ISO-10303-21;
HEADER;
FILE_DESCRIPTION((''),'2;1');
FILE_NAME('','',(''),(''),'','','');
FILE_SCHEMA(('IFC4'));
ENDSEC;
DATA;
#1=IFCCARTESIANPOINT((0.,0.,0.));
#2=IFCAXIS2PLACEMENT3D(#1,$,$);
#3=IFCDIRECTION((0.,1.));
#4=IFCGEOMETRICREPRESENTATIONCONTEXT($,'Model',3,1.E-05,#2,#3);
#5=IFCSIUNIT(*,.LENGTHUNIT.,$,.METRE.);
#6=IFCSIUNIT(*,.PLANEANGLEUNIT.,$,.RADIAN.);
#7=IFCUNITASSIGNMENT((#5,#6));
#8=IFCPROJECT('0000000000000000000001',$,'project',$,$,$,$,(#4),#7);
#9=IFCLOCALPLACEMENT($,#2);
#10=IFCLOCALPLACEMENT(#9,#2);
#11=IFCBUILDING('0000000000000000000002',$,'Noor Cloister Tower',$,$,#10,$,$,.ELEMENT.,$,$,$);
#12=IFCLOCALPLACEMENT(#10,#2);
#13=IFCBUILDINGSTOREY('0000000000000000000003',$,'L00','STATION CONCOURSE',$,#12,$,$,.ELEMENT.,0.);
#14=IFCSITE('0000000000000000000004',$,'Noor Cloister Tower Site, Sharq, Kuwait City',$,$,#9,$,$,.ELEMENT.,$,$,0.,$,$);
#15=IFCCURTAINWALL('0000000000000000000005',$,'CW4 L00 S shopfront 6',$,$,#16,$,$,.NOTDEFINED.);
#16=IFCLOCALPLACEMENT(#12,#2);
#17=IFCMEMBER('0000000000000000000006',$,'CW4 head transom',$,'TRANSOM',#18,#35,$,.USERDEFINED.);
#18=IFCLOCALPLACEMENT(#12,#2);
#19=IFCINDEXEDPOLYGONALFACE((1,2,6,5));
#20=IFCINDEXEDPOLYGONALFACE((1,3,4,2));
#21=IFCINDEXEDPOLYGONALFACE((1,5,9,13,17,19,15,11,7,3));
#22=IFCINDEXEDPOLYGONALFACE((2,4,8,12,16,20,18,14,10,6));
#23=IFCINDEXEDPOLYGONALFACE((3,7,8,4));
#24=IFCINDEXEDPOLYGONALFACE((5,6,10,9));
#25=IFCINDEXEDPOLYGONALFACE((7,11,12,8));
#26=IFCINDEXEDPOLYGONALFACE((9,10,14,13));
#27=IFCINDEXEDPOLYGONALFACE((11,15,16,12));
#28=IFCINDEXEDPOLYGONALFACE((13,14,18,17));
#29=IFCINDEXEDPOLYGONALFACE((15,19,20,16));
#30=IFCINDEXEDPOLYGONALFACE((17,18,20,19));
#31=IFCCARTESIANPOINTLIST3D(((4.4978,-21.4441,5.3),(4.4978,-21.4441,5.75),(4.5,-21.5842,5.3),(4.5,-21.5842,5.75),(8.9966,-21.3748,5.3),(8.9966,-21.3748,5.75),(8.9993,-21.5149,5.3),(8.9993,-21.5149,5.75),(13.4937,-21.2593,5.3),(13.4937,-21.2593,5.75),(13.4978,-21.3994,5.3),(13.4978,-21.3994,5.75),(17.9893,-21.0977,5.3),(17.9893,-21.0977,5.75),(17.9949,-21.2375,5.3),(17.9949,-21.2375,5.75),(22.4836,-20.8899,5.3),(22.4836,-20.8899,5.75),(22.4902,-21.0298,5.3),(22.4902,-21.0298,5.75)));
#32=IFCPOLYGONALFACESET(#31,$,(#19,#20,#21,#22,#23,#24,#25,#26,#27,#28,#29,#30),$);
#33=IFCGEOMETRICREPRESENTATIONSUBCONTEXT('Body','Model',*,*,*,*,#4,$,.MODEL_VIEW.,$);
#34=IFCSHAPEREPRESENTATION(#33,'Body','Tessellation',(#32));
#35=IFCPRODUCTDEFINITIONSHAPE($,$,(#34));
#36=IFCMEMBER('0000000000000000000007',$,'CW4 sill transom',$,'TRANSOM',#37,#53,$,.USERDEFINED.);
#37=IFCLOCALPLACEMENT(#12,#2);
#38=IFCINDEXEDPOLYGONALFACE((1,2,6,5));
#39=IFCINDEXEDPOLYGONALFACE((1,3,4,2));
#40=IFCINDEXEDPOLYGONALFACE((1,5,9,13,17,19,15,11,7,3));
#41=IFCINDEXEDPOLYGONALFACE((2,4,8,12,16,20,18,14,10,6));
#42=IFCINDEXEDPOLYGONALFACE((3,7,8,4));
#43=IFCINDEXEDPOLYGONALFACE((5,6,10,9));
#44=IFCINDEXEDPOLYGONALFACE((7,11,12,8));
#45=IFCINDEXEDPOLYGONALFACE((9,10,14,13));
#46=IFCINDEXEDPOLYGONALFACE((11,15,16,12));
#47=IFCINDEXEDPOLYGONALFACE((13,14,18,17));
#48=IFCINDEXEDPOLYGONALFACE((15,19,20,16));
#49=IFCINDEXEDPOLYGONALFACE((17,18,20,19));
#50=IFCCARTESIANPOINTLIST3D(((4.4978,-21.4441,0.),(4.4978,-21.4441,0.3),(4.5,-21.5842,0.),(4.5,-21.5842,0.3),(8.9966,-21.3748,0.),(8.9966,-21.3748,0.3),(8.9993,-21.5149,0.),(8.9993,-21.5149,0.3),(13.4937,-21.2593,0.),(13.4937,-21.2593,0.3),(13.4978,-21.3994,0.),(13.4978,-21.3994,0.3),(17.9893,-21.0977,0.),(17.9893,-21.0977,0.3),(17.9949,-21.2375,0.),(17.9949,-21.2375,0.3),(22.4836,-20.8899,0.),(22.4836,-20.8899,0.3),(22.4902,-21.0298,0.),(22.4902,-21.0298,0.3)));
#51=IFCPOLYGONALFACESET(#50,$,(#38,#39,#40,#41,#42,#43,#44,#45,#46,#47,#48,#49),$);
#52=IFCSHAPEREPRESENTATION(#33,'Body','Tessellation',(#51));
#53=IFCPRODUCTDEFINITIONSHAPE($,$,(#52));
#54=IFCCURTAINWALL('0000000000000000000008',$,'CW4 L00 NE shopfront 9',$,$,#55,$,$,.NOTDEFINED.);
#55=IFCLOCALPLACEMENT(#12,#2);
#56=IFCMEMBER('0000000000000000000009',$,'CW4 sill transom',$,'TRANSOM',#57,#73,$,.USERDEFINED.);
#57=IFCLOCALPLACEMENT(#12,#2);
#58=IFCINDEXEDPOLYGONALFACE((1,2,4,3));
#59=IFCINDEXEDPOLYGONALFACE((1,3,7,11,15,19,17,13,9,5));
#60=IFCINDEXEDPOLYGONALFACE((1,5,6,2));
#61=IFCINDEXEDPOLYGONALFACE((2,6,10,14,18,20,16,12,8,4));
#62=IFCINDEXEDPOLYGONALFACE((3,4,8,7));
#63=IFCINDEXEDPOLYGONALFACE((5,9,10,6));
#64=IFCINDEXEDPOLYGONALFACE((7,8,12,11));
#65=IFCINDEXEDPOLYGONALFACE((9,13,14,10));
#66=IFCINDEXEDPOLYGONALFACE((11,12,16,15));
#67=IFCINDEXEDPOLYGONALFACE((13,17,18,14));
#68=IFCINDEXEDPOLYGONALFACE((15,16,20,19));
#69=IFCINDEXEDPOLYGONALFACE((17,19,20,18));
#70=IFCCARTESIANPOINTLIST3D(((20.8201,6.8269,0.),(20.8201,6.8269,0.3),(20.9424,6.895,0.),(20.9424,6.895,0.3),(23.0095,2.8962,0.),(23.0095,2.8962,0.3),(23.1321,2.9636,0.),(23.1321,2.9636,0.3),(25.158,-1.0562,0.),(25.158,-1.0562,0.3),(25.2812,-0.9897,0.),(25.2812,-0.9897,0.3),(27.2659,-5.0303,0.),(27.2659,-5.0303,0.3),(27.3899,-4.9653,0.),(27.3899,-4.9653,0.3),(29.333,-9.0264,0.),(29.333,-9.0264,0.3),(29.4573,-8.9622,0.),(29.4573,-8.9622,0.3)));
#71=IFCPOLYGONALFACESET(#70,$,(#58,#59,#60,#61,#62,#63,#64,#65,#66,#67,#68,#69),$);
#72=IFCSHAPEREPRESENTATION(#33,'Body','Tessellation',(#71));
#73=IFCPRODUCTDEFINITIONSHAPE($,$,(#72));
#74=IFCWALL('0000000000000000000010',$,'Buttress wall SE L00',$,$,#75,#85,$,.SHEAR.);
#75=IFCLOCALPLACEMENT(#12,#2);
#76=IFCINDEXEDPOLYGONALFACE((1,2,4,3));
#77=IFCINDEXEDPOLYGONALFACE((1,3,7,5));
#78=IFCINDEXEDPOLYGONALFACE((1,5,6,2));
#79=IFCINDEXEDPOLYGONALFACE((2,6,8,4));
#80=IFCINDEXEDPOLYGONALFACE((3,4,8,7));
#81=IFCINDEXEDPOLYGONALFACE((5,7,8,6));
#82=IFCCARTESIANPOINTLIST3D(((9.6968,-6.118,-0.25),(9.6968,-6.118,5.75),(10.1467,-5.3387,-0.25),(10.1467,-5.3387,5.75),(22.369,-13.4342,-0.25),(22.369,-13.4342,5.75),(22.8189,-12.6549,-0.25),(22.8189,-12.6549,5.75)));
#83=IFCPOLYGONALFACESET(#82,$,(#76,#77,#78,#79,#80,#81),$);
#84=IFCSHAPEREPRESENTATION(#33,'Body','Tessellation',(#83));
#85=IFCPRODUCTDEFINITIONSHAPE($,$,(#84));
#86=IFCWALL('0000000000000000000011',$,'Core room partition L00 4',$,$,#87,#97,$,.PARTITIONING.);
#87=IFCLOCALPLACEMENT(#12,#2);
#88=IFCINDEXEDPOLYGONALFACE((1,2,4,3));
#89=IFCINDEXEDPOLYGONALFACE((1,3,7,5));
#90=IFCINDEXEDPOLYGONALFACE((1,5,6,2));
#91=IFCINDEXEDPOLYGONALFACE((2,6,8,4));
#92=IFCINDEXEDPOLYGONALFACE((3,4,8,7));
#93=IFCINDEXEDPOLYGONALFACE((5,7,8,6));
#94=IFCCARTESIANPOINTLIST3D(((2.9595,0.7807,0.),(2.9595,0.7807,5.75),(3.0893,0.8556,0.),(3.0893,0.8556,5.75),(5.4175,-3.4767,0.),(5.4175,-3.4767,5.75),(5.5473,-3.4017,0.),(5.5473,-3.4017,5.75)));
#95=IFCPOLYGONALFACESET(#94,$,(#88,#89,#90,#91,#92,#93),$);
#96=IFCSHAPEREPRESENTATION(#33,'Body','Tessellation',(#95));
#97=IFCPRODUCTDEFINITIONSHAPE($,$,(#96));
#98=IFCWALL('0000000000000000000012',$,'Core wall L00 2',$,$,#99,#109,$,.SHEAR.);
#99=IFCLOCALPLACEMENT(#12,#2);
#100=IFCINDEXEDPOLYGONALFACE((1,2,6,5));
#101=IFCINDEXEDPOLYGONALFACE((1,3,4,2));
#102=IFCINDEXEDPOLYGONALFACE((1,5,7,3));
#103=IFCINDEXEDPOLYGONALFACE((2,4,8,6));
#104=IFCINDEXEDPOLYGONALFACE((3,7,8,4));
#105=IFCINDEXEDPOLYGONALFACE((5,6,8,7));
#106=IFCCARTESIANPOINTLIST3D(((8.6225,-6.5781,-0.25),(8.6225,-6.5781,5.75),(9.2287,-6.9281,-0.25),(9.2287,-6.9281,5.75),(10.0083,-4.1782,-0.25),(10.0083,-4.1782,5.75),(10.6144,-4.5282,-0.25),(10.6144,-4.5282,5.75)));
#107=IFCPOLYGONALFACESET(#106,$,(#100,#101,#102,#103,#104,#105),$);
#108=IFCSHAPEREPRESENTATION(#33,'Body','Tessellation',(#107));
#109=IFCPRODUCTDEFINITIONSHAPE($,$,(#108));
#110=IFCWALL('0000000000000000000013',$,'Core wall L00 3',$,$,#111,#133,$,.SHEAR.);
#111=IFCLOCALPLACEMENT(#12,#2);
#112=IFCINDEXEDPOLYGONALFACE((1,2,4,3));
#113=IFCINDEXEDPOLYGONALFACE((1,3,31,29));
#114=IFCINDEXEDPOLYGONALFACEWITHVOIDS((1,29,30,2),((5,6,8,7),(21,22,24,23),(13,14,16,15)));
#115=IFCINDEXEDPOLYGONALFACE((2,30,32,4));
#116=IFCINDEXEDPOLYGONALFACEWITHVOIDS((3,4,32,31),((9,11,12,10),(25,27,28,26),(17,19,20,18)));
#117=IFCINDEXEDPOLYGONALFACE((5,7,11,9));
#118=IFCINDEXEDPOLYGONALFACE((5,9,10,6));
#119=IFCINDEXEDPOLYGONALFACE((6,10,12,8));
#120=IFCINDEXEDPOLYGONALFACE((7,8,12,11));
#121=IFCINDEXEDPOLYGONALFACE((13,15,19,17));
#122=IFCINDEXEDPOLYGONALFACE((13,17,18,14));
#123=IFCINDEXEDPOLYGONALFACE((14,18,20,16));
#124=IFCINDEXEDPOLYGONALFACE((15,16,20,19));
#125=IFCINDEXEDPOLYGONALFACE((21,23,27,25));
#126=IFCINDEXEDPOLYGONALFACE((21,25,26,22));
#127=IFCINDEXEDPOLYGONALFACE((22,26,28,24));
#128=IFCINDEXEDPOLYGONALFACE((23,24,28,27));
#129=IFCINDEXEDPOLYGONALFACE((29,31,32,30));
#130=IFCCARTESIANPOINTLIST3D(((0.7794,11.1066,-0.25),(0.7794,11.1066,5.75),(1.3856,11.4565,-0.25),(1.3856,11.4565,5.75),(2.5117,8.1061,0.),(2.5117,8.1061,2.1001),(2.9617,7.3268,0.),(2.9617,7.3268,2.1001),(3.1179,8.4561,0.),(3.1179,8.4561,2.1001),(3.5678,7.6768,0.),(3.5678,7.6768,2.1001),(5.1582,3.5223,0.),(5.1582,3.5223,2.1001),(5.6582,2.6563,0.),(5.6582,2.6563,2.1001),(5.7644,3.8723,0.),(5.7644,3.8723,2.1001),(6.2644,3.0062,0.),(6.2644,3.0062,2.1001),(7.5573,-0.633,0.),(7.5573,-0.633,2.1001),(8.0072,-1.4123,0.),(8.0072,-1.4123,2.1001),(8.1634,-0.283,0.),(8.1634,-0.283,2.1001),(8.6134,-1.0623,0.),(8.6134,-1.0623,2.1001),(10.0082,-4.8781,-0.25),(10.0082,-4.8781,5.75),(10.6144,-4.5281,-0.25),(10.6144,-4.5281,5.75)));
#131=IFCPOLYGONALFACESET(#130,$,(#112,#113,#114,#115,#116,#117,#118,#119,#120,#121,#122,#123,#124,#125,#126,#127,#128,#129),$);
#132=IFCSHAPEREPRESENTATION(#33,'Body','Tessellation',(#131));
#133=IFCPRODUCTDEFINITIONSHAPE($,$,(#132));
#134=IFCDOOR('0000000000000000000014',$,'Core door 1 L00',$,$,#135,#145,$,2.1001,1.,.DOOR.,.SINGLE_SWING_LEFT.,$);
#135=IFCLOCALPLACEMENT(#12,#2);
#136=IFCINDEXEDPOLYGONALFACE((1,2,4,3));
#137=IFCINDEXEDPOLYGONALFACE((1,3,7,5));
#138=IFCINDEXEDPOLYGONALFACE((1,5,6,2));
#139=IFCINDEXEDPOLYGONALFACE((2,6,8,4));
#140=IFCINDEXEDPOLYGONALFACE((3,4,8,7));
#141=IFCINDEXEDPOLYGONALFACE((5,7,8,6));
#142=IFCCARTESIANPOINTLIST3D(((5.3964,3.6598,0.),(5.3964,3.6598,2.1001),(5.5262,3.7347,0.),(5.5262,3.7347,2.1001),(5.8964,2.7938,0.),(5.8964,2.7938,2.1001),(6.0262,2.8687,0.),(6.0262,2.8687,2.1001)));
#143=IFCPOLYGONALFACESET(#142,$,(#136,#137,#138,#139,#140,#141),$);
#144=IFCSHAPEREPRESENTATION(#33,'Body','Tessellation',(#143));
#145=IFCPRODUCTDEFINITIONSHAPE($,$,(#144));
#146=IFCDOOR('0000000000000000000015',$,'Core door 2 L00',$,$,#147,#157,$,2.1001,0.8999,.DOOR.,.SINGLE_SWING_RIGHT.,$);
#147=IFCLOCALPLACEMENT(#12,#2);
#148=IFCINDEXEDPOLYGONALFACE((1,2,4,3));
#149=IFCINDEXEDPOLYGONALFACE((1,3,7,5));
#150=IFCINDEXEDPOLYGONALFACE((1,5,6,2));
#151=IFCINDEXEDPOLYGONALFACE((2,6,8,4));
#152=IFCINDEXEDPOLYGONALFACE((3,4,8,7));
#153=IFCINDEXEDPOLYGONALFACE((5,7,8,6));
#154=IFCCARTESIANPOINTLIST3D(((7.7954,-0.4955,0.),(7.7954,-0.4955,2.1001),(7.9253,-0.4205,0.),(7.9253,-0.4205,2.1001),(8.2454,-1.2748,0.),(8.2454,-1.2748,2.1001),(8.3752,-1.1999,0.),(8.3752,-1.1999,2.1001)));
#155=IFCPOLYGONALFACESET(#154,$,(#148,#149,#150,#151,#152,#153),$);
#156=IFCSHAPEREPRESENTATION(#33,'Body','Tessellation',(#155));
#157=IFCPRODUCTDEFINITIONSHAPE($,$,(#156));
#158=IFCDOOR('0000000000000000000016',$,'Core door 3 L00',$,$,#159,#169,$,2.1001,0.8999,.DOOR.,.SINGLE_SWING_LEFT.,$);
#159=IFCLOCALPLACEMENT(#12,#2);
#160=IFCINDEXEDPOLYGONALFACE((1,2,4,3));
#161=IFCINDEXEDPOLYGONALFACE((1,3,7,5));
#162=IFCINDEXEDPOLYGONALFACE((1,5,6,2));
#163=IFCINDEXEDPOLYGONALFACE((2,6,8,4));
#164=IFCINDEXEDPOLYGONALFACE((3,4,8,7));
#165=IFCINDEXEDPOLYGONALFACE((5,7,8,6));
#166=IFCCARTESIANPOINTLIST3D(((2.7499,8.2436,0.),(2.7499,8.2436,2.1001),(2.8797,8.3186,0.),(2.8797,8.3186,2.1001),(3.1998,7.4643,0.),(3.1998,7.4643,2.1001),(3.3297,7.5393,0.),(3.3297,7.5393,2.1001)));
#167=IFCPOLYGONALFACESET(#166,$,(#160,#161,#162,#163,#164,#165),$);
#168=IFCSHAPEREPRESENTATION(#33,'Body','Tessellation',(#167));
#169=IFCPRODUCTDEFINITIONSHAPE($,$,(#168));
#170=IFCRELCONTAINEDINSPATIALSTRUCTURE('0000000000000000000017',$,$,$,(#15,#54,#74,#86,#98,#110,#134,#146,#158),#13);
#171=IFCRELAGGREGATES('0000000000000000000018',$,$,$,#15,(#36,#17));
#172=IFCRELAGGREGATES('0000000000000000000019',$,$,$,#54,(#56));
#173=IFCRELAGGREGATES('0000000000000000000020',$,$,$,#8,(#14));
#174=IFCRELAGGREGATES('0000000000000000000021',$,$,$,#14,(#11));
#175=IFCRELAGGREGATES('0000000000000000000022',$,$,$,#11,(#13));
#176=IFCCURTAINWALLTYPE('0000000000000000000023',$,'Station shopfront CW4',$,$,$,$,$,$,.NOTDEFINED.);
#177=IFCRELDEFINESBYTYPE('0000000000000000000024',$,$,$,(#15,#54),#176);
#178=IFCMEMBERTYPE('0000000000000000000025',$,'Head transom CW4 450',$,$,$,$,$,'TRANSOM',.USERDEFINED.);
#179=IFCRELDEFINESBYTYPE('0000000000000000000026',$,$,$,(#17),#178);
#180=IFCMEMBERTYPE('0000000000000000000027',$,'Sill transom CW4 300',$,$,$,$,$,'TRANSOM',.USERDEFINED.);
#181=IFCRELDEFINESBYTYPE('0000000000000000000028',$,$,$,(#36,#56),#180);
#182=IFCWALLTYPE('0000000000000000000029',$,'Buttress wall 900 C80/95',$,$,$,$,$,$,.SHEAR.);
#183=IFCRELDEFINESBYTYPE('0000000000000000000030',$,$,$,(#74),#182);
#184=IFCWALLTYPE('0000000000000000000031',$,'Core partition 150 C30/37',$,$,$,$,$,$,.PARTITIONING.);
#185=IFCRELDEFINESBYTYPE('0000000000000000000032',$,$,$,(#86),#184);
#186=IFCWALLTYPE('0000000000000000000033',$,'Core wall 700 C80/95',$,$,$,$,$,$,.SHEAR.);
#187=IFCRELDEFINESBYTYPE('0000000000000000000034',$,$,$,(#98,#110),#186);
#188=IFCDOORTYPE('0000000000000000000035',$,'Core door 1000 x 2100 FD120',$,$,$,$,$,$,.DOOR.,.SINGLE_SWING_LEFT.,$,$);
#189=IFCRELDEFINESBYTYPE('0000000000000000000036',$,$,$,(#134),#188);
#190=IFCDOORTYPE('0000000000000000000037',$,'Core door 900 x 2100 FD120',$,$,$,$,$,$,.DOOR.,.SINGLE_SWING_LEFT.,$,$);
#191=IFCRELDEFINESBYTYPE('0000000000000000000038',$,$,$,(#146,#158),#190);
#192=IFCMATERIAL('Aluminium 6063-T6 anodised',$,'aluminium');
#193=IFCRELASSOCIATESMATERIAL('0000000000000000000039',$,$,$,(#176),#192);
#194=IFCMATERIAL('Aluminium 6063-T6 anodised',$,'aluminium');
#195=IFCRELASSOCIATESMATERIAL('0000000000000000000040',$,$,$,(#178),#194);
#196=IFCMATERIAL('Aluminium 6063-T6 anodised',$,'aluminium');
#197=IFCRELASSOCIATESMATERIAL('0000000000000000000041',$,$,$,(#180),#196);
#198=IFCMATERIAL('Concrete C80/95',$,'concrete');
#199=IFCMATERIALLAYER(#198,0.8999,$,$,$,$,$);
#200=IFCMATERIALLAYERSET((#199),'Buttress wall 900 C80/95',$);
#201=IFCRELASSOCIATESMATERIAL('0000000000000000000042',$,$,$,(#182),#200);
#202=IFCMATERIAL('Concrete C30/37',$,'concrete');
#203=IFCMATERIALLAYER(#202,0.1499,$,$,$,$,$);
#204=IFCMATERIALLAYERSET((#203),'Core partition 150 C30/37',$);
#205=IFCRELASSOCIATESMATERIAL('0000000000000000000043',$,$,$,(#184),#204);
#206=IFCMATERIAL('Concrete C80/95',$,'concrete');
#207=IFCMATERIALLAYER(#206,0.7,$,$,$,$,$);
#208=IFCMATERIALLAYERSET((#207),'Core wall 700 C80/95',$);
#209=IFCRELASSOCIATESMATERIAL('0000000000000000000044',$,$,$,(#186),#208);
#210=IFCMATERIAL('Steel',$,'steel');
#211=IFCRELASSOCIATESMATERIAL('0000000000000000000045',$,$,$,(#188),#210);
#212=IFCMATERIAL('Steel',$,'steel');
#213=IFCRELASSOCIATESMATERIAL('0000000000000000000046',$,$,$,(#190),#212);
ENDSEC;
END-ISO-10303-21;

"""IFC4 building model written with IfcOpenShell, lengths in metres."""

from ifc_helpers import new_model, si_unit, direction, frame, frame_2d, origin, place, context, subcontext, project, spatial, polyline, rectangle, outline, extrude, material, layer, layer_set, type_object, element, fill, aggregate, save


model = new_model("IFC4")

# Units and contexts
model_context = context("Model", 3, precision=1e-05, world=origin(), true_north=direction((0.0, 1.0)))
body_context = subcontext(model_context, "Body", "Model", "MODEL_VIEW")
ifc_project = project(units=[si_unit("LENGTHUNIT", "METRE"), si_unit("PLANEANGLEUNIT", "RADIAN")], contexts=[model_context])

# Site, building, storey
site_placement = place(None, origin())
site = spatial("IfcSite", under=ifc_project, at=site_placement, Name="Noor Cloister Tower Site, Sharq, Kuwait City", CompositionType="ELEMENT", RefElevation=0.0)
building_placement = place(site_placement, origin())
building = spatial("IfcBuilding", under=site, at=building_placement, Name="Noor Cloister Tower", CompositionType="ELEMENT")
storey_placement = place(building_placement, origin())
storey = spatial("IfcBuildingStorey", under=building, at=storey_placement, Name="L00", Description="STATION CONCOURSE", CompositionType="ELEMENT", Elevation=0.0)

# Curtain wall, members
ifc_material_1 = material(Name="Aluminium 6063-T6 anodised", Category="aluminium")
curtain_wall_type = type_object("IfcCurtainWallType", Name="Station shopfront CW4", PredefinedType="NOTDEFINED", material=ifc_material_1)
curtain_wall_1_placement = place(storey_placement, origin())
curtain_wall_1 = element("IfcCurtainWall", 1, at=curtain_wall_1_placement, inside=storey, type_object=curtain_wall_type, Name="CW4 L00 S shopfront 6", PredefinedType="NOTDEFINED")
ifc_material_2 = material(Name="Aluminium 6063-T6 anodised", Category="aluminium")
member_type_1 = type_object("IfcMemberType", Name="Head transom CW4 450", ElementType="TRANSOM", PredefinedType="USERDEFINED", material=ifc_material_2)
member_1_placement = place(storey_placement, frame((0.0, 0.0, 5.3)))
member_1 = element("IfcMember", 2, at=member_1_placement, type_object=member_type_1, Name="CW4 head transom", ObjectType="TRANSOM", PredefinedType="USERDEFINED", context=body_context, shape_type="SweptSolid", body=[
    extrude(outline(polyline([(4.5, -21.5842), (8.9993, -21.5149), (13.4978, -21.3994), (17.9949, -21.2375), (22.4902, -21.0298), (22.4836, -20.8899), (17.9893, -21.0977), (13.4937, -21.2593), (8.9966, -21.3748), (4.4978, -21.4441), (4.5, -21.5842)])), origin(), (0.0, 0.0, 1.0), 0.45),
])
ifc_material_3 = material(Name="Aluminium 6063-T6 anodised", Category="aluminium")
member_type_2 = type_object("IfcMemberType", Name="Sill transom CW4 300", ElementType="TRANSOM", PredefinedType="USERDEFINED", material=ifc_material_3)
member_2_placement = place(storey_placement, origin())
member_2 = element("IfcMember", 3, at=member_2_placement, type_object=member_type_2, Name="CW4 sill transom", ObjectType="TRANSOM", PredefinedType="USERDEFINED", context=body_context, shape_type="SweptSolid", body=[
    extrude(outline(polyline([(4.5, -21.5842), (8.9993, -21.5149), (13.4978, -21.3994), (17.9949, -21.2375), (22.4902, -21.0298), (22.4836, -20.8899), (17.9893, -21.0977), (13.4937, -21.2593), (8.9966, -21.3748), (4.4978, -21.4441), (4.5, -21.5842)])), origin(), (0.0, 0.0, 1.0), 0.3),
])
aggregate(curtain_wall_1, [member_2, member_1])

# Curtain wall, member
curtain_wall_2_placement = place(storey_placement, origin())
curtain_wall_2 = element("IfcCurtainWall", 4, at=curtain_wall_2_placement, inside=storey, type_object=curtain_wall_type, Name="CW4 L00 NE shopfront 9", PredefinedType="NOTDEFINED")
member_3_placement = place(storey_placement, origin())
member_3 = element("IfcMember", 5, at=member_3_placement, type_object=member_type_2, Name="CW4 sill transom", ObjectType="TRANSOM", PredefinedType="USERDEFINED", context=body_context, shape_type="SweptSolid", body=[
    extrude(outline(polyline([(29.4573, -8.9622), (27.3899, -4.9653), (25.2812, -0.9897), (23.1321, 2.9636), (20.9424, 6.895), (20.8201, 6.8269), (23.0095, 2.8962), (25.158, -1.0562), (27.2659, -5.0303), (29.333, -9.0264), (29.4573, -8.9622)])), origin(), (0.0, 0.0, 1.0), 0.3),
])
aggregate(curtain_wall_2, [member_3])

# Walls
ifc_material_4 = material(Name="Concrete C80/95", Category="concrete")
ifc_layer_1 = layer(ifc_material_4, 0.8999)
ifc_layer_set_1 = layer_set([ifc_layer_1], Name="Buttress wall 900 C80/95")
wall_type_1 = type_object("IfcWallType", Name="Buttress wall 900 C80/95", PredefinedType="SHEAR", material=ifc_layer_set_1)
wall_1_placement = place(storey_placement, frame((9.9216, -5.7283, -0.25), z_axis=(0.0, 0.0, 1.0), x_axis=(0.866028, -0.499995, 0.0)))
element("IfcWall", 6, at=wall_1_placement, inside=storey, type_object=wall_type_1, Name="Buttress wall SE L00", PredefinedType="SHEAR", context=body_context, shape_type="SweptSolid", body=[
    extrude(rectangle(XDim=14.6326, YDim=0.8999, at=frame_2d((7.3164, 0.0))), origin(), (0.0, 0.0, 1.0), 6.0),
])
ifc_material_5 = material(Name="Concrete C30/37", Category="concrete")
ifc_layer_2 = layer(ifc_material_5, 0.1499)
ifc_layer_set_2 = layer_set([ifc_layer_2], Name="Core partition 150 C30/37")
wall_type_2 = type_object("IfcWallType", Name="Core partition 150 C30/37", PredefinedType="PARTITIONING", material=ifc_layer_set_2)
wall_2_placement = place(storey_placement, frame((5.4824, -3.4392, 0.0), z_axis=(0.0, 0.0, 1.0), x_axis=(-0.500006, 0.866022, 0.0)))
element("IfcWall", 7, at=wall_2_placement, inside=storey, type_object=wall_type_2, Name="Core room partition L00 4", PredefinedType="PARTITIONING", context=body_context, shape_type="SweptSolid", body=[
    extrude(rectangle(XDim=4.916, YDim=0.1499, at=frame_2d((2.458, 0.0))), origin(), (0.0, 0.0, 1.0), 5.75),
])
ifc_material_6 = material(Name="Concrete C80/95", Category="concrete")
ifc_layer_3 = layer(ifc_material_6, 0.7)
ifc_layer_set_3 = layer_set([ifc_layer_3], Name="Core wall 700 C80/95")
wall_type_3 = type_object("IfcWallType", Name="Core wall 700 C80/95", PredefinedType="SHEAR", material=ifc_layer_set_3)
wall_3_placement = place(storey_placement, frame((8.9255, -6.7532, -0.25), z_axis=(0.0, 0.0, 1.0), x_axis=(0.500043, 0.866001, 0.0)))
element("IfcWall", 8, at=wall_3_placement, inside=storey, type_object=wall_type_3, Name="Core wall L00 2", PredefinedType="SHEAR", context=body_context, shape_type="SweptSolid", body=[
    extrude(rectangle(XDim=2.7712, YDim=0.7, at=frame_2d((1.3857, 0.0))), origin(), (0.0, 0.0, 1.0), 6.0),
])

# Wall, openings, doors
wall_4_placement = place(storey_placement, frame((10.3113, -4.7031, -0.25), z_axis=(0.0, 0.0, 1.0), x_axis=(-0.500001, 0.866025, 0.0)))
wall_4 = element("IfcWall", 9, at=wall_4_placement, inside=storey, type_object=wall_type_3, Name="Core wall L00 3", PredefinedType="SHEAR", context=body_context, shape_type="SweptSolid", body=[
    extrude(rectangle(XDim=18.4575, YDim=0.7, at=frame_2d((9.2288, 0.0))), origin(), (0.0, 0.0, 1.0), 6.0),
])
opening_1_placement = place(wall_4_placement, frame((8.7, 0.0, 0.25)))
opening_1 = element("IfcOpeningElement", 10, at=opening_1_placement, cuts=wall_4, PredefinedType="OPENING", context=body_context, shape_type="SweptSolid", body=[
    extrude(rectangle(XDim=1.0, YDim=2.1001, at=frame_2d((0.5, 1.05))), frame((0.0, 0.3599, 0.0), z_axis=(0.0, -1.0, 0.0), x_axis=(1.0, 0.0, 0.0)), (0.0, 0.0, 1.0), 0.72),
])
opening_2_placement = place(wall_4_placement, frame((4.002, 0.0, 0.25)))
opening_2 = element("IfcOpeningElement", 11, at=opening_2_placement, cuts=wall_4, PredefinedType="OPENING", context=body_context, shape_type="SweptSolid", body=[
    extrude(rectangle(XDim=0.8999, YDim=2.1001, at=frame_2d((0.45, 1.05))), frame((0.0, 0.3599, 0.0), z_axis=(0.0, -1.0, 0.0), x_axis=(1.0, 0.0, 0.0)), (0.0, 0.0, 1.0), 0.72),
])
opening_3_placement = place(wall_4_placement, frame((14.093, 0.0, 0.25)))
opening_3 = element("IfcOpeningElement", 12, at=opening_3_placement, cuts=wall_4, PredefinedType="OPENING", context=body_context, shape_type="SweptSolid", body=[
    extrude(rectangle(XDim=0.8999, YDim=2.1001, at=frame_2d((0.45, 1.05))), frame((0.0, 0.3599, 0.0), z_axis=(0.0, -1.0, 0.0), x_axis=(1.0, 0.0, 0.0)), (0.0, 0.0, 1.0), 0.72),
])
ifc_material_7 = material(Name="Steel", Category="steel")
door_type_1 = type_object("IfcDoorType", Name="Core door 1000 x 2100 FD120", OperationType="SINGLE_SWING_LEFT", PredefinedType="DOOR", material=ifc_material_7)
door_1_placement = place(opening_1_placement, origin())
door_1 = element("IfcDoor", 13, at=door_1_placement, inside=storey, type_object=door_type_1, Name="Core door 1 L00", OperationType="SINGLE_SWING_LEFT", OverallHeight=2.1001, OverallWidth=1.0, PredefinedType="DOOR", context=body_context, shape_type="SweptSolid", body=[
    extrude(rectangle(XDim=1.0, YDim=2.1001, at=frame_2d((0.5, 1.05))), frame((0.0, 0.075, 0.0), z_axis=(0.0, -1.0, 0.0), x_axis=(1.0, 0.0, 0.0)), (0.0, 0.0, 1.0), 0.1499),
])
fill(opening_1, door_1)
ifc_material_8 = material(Name="Steel", Category="steel")
door_type_2 = type_object("IfcDoorType", Name="Core door 900 x 2100 FD120", OperationType="SINGLE_SWING_LEFT", PredefinedType="DOOR", material=ifc_material_8)
door_2_placement = place(opening_2_placement, origin())
door_2 = element("IfcDoor", 14, at=door_2_placement, inside=storey, type_object=door_type_2, Name="Core door 2 L00", OperationType="SINGLE_SWING_RIGHT", OverallHeight=2.1001, OverallWidth=0.8999, PredefinedType="DOOR", context=body_context, shape_type="SweptSolid", body=[
    extrude(rectangle(XDim=0.8999, YDim=2.1001, at=frame_2d((0.45, 1.05))), frame((0.0, 0.075, 0.0), z_axis=(0.0, -1.0, 0.0), x_axis=(1.0, 0.0, 0.0)), (0.0, 0.0, 1.0), 0.1499),
])
fill(opening_2, door_2)
door_3_placement = place(opening_3_placement, origin())
door_3 = element("IfcDoor", 15, at=door_3_placement, inside=storey, type_object=door_type_2, Name="Core door 3 L00", OperationType="SINGLE_SWING_LEFT", OverallHeight=2.1001, OverallWidth=0.8999, PredefinedType="DOOR", context=body_context, shape_type="SweptSolid", body=[
    extrude(rectangle(XDim=0.8999, YDim=2.1001, at=frame_2d((0.45, 1.05))), frame((0.0, 0.075, 0.0), z_axis=(0.0, -1.0, 0.0), x_axis=(1.0, 0.0, 0.0)), (0.0, 0.0, 1.0), 0.1499),
])
fill(opening_3, door_3)

save(model, "model.ifc")
